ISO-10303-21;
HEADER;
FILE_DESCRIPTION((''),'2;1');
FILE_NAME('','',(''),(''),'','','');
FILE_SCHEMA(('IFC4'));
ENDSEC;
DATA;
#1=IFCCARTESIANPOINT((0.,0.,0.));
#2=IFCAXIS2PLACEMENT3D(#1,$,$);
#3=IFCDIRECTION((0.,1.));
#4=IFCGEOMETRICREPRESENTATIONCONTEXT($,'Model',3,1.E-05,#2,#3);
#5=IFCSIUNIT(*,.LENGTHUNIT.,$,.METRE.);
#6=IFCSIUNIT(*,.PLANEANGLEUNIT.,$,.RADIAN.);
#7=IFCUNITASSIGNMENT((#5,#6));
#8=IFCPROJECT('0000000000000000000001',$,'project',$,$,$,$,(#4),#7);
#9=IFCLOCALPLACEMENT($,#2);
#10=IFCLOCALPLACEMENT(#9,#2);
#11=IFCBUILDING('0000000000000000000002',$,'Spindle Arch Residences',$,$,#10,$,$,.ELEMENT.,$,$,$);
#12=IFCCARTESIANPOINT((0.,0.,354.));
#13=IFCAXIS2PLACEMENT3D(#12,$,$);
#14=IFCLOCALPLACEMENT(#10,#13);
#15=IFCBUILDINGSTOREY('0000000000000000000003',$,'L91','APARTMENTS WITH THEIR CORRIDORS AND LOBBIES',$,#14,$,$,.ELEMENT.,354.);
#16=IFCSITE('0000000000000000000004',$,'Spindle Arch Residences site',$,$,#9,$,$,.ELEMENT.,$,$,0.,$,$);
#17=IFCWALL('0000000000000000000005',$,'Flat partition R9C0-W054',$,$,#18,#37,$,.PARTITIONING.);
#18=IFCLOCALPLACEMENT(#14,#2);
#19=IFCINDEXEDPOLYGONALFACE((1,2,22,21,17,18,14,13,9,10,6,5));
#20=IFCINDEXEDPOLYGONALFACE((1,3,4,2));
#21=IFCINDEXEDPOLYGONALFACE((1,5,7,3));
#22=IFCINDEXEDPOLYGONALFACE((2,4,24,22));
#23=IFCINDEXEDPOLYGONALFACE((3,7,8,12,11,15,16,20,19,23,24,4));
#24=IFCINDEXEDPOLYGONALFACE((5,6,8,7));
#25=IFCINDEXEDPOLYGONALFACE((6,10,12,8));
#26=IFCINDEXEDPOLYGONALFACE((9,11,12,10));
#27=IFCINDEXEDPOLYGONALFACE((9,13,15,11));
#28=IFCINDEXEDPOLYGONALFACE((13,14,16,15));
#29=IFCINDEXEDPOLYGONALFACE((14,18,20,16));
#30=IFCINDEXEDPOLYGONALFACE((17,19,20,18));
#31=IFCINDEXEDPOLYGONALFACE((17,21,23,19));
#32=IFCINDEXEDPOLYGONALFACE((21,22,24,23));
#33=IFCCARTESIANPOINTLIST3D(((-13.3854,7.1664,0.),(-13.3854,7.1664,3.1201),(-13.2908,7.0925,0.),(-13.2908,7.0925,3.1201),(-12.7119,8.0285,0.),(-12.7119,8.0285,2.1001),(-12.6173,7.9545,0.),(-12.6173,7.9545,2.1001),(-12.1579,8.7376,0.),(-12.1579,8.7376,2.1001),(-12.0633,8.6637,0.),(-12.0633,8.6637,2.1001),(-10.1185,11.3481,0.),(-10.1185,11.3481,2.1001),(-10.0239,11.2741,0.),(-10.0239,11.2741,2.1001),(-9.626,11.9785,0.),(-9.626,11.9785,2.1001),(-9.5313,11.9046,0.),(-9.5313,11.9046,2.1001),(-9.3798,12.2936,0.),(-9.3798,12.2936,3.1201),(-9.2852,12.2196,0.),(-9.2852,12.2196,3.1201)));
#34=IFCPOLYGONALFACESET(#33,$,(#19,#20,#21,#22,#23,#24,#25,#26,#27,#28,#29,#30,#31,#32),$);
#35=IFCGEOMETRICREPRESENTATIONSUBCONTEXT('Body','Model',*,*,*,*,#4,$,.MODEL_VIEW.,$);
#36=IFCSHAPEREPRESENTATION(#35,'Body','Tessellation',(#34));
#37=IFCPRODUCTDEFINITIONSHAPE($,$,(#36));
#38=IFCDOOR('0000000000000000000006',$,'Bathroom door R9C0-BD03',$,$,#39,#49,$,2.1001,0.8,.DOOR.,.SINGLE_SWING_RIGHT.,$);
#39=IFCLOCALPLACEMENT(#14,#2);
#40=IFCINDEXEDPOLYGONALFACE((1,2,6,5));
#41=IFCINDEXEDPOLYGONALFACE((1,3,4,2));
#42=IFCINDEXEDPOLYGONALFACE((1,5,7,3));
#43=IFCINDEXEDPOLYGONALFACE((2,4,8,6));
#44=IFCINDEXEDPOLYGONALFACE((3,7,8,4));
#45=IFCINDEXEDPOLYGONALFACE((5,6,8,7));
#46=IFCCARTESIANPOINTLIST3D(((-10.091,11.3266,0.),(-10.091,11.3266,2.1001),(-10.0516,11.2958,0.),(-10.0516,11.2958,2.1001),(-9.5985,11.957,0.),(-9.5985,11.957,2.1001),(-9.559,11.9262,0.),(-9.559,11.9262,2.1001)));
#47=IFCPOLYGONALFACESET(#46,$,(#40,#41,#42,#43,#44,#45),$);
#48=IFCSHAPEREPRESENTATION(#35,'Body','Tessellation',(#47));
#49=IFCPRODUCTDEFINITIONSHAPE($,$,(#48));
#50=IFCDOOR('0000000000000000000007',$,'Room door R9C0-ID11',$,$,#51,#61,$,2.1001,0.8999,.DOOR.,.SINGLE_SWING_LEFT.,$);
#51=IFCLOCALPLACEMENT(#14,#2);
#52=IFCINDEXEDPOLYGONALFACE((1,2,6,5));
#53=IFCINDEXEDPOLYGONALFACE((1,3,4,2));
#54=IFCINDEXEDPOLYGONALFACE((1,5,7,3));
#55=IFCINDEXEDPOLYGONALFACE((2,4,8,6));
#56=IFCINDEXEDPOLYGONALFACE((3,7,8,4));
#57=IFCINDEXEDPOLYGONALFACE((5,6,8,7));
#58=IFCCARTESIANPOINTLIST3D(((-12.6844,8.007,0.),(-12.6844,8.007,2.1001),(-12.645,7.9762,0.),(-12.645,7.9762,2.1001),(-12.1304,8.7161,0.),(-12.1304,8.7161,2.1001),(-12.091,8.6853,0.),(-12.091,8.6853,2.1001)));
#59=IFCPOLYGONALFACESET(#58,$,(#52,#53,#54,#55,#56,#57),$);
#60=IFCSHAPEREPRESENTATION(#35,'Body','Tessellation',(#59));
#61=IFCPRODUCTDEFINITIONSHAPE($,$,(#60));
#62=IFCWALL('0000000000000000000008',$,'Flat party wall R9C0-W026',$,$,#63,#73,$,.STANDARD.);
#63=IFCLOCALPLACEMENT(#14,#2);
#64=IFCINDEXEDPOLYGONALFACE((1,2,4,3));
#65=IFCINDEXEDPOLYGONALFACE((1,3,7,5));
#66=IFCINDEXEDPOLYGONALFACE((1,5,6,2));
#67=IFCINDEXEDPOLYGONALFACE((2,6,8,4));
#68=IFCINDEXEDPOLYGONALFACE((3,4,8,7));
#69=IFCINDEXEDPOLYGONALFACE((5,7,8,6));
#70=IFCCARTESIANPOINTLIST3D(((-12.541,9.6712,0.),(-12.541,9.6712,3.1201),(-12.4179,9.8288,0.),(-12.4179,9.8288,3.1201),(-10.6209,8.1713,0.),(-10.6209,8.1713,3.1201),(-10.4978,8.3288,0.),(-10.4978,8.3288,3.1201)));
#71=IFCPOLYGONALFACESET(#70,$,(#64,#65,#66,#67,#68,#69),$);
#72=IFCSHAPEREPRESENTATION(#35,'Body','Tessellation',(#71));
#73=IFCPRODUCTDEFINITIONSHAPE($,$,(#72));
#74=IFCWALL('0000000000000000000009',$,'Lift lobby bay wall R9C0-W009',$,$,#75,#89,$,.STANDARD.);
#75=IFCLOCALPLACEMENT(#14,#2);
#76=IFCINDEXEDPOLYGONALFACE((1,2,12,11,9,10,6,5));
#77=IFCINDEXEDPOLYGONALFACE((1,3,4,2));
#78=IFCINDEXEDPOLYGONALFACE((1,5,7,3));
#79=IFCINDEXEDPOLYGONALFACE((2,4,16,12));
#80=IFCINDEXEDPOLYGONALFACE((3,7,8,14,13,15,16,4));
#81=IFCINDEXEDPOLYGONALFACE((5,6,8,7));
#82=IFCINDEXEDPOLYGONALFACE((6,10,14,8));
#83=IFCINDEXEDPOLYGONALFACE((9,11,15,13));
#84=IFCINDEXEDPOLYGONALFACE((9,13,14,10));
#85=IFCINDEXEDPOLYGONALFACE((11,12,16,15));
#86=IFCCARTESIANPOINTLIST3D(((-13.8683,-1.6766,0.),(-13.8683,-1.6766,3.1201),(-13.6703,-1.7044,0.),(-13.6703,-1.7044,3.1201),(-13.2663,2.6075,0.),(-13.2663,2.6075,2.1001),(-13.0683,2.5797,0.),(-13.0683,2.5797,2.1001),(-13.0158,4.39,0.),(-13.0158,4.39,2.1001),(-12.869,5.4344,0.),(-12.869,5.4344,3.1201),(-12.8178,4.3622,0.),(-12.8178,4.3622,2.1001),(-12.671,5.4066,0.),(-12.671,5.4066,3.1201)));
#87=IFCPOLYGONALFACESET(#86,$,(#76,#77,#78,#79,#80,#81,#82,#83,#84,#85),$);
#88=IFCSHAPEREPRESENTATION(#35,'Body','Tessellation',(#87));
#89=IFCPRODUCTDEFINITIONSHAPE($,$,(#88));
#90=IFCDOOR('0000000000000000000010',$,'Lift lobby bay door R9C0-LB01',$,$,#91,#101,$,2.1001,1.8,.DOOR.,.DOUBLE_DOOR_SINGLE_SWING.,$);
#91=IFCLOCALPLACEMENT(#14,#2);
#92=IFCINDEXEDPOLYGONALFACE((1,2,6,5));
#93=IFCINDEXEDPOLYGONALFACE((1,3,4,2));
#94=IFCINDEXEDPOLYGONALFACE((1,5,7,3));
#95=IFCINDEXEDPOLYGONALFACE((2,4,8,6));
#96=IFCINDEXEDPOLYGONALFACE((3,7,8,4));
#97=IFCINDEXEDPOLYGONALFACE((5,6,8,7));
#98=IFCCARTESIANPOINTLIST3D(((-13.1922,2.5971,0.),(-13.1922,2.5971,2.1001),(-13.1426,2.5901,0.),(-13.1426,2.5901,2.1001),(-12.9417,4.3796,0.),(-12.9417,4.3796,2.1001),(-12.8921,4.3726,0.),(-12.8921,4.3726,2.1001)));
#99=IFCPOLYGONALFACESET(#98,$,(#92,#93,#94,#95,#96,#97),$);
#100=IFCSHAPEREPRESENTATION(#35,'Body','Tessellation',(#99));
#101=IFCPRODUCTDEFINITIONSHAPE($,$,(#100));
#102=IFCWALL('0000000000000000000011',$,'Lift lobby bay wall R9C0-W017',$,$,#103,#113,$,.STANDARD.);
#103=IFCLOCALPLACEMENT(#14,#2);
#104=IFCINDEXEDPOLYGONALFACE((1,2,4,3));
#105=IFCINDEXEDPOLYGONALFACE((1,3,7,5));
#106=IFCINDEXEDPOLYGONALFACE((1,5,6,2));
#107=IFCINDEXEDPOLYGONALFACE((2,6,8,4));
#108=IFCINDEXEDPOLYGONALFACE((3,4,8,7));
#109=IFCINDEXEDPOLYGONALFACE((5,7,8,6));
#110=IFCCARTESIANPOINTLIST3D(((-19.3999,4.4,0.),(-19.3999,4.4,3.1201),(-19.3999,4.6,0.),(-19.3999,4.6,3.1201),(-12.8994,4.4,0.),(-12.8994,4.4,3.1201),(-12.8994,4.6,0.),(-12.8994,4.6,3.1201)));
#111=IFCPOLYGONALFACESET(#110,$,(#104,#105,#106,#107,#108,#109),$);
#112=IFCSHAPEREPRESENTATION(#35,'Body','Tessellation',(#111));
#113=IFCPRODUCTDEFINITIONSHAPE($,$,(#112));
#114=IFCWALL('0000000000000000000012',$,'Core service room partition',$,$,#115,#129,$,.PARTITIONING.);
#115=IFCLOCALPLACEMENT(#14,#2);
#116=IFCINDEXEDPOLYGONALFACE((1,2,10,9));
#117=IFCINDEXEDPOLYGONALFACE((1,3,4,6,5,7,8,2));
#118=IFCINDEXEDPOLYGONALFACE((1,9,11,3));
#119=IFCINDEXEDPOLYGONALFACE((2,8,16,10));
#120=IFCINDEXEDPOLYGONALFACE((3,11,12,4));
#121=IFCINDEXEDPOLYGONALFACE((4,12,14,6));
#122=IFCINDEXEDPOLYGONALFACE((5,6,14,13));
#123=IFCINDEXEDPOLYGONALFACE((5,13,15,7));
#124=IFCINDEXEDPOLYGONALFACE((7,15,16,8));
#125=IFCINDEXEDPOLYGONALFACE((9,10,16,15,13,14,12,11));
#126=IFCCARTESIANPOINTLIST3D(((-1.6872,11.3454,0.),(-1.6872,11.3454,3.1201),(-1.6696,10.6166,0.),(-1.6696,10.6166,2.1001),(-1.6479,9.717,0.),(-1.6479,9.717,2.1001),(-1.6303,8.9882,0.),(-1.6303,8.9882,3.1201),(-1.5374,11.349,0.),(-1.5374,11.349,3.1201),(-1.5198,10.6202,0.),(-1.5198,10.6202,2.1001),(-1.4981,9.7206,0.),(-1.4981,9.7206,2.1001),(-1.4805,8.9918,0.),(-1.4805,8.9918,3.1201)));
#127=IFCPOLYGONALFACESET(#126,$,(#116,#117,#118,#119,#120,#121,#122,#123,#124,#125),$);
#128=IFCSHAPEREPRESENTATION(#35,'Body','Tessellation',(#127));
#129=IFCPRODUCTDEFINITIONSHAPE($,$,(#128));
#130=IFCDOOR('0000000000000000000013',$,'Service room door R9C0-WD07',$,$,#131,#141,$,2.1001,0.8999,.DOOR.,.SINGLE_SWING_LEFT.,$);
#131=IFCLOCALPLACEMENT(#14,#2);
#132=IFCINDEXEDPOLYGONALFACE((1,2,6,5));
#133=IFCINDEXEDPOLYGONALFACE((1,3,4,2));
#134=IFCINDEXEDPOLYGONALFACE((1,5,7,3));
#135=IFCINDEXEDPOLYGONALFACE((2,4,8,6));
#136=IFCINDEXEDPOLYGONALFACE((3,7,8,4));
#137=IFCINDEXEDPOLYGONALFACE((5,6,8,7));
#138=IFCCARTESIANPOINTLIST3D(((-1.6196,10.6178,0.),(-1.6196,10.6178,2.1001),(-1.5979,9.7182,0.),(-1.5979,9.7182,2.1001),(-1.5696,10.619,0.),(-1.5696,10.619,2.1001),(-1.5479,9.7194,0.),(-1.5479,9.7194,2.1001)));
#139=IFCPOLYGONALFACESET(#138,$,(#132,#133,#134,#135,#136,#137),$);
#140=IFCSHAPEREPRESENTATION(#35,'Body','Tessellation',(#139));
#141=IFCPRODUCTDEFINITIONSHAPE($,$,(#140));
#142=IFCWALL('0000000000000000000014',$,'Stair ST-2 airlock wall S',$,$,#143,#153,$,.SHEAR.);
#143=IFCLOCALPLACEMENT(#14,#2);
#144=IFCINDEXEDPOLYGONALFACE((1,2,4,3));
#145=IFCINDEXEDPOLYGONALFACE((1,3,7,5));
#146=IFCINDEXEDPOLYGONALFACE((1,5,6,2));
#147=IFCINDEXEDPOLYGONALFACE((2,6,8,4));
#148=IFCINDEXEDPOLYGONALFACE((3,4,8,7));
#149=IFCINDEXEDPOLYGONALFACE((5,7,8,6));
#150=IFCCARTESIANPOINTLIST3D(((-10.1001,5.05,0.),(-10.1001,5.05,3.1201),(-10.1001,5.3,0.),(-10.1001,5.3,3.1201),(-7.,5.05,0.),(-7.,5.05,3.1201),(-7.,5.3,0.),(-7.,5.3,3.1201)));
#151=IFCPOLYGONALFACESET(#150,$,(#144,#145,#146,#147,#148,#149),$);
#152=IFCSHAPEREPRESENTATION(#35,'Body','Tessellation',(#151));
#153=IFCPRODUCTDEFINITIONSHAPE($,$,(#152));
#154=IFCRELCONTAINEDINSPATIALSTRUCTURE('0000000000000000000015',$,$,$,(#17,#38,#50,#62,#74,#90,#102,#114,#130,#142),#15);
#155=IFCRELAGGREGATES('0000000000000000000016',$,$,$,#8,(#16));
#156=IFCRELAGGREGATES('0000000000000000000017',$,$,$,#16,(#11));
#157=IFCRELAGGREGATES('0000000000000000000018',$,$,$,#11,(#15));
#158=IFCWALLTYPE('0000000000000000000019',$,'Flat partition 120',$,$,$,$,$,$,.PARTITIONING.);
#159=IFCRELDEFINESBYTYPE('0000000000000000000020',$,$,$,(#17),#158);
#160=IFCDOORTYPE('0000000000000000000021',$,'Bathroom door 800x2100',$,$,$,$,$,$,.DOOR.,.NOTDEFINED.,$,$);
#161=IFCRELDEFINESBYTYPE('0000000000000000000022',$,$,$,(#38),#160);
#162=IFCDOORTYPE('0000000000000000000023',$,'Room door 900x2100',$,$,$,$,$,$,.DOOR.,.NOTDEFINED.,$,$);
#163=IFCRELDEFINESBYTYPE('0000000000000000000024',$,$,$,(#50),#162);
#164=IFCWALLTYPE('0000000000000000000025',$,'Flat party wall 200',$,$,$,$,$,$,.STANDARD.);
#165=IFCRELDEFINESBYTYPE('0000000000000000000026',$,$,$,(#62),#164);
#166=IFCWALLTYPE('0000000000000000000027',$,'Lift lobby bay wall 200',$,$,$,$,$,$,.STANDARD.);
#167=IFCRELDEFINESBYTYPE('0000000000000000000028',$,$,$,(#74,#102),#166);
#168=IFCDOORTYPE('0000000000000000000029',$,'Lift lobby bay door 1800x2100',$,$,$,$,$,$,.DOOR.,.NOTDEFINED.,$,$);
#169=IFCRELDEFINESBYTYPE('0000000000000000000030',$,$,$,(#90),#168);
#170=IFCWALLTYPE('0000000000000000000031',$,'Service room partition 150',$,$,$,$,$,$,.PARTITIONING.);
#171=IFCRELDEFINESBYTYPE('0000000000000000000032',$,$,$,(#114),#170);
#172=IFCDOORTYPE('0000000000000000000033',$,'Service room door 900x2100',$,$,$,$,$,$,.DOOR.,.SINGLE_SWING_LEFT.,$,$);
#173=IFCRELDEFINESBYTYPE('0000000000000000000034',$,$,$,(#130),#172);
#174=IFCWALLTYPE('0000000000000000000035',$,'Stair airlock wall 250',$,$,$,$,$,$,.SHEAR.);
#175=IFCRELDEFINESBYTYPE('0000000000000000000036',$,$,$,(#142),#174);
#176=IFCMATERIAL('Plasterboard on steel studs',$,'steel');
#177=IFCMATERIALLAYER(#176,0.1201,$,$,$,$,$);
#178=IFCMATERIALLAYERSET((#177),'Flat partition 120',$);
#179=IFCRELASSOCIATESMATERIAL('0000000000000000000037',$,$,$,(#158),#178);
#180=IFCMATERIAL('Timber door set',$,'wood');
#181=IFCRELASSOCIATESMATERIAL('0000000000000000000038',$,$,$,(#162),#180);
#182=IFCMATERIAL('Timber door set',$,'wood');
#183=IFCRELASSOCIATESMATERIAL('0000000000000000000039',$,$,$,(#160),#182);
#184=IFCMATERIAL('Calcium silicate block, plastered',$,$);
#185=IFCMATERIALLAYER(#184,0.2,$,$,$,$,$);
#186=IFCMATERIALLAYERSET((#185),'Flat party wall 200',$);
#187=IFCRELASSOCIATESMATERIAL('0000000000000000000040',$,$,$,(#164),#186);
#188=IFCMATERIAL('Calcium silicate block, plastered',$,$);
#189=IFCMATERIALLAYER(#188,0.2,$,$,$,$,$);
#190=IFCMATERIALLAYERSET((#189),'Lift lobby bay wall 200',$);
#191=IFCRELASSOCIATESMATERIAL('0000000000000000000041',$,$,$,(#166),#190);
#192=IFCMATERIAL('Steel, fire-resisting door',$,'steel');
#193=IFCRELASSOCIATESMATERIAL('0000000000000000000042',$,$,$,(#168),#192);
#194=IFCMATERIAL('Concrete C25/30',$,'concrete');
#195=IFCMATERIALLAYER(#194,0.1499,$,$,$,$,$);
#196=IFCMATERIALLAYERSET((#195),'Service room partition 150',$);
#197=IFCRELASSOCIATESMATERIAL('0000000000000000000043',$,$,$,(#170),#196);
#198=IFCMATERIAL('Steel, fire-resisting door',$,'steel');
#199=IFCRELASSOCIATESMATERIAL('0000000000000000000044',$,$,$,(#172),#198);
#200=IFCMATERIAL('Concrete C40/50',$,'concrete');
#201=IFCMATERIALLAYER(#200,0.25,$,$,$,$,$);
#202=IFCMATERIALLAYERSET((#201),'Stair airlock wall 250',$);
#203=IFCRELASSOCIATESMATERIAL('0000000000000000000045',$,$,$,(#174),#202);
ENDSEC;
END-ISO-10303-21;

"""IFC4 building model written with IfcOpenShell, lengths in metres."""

from ifc_helpers import new_model, si_unit, direction, frame, frame_2d, origin, place, context, subcontext, project, spatial, rectangle, extrude, material, layer, layer_set, type_object, element, fill, save


model = new_model("IFC4")

# Units and contexts
model_context = context("Model", 3, precision=1e-05, world=origin(), true_north=direction((0.0, 1.0)))
body_context = subcontext(model_context, "Body", "Model", "MODEL_VIEW")
ifc_project = project(units=[si_unit("LENGTHUNIT", "METRE"), si_unit("PLANEANGLEUNIT", "RADIAN")], contexts=[model_context])

# Site, building, storey
site_placement = place(None, origin())
site = spatial("IfcSite", under=ifc_project, at=site_placement, Name="Spindle Arch Residences site", CompositionType="ELEMENT", RefElevation=0.0)
building_placement = place(site_placement, origin())
building = spatial("IfcBuilding", under=site, at=building_placement, Name="Spindle Arch Residences", CompositionType="ELEMENT")
storey_placement = place(building_placement, frame((0.0, 0.0, 354.0)))
storey = spatial("IfcBuildingStorey", under=building, at=storey_placement, Name="L91", Description="APARTMENTS WITH THEIR CORRIDORS AND LOBBIES", CompositionType="ELEMENT", Elevation=354.0)

# Shared definitions
ifc_material_1 = material(Name="Plasterboard on steel studs", Category="steel")
ifc_layer_1 = layer(ifc_material_1, 0.1201)
ifc_layer_set_1 = layer_set([ifc_layer_1], Name="Flat partition 120")
wall_type_1 = type_object("IfcWallType", Name="Flat partition 120", PredefinedType="PARTITIONING", material=ifc_layer_set_1)
ifc_material_2 = material(Name="Timber door set", Category="wood")
door_type_1 = type_object("IfcDoorType", Name="Room door 900x2100", OperationType="NOTDEFINED", PredefinedType="DOOR", material=ifc_material_2)

# Wall, openings, doors
wall_1_placement = place(storey_placement, frame((-9.3325, 12.2566, 0.0), z_axis=(0.0, 0.0, 1.0), x_axis=(-0.615643, -0.788025, 0.0)))
wall_1 = element("IfcWall", 1, at=wall_1_placement, inside=storey, type_object=wall_type_1, Name="Flat partition R9C0-W054", PredefinedType="PARTITIONING", context=body_context, shape_type="SweptSolid", body=[
    extrude(rectangle(XDim=6.5063, YDim=0.1201, at=frame_2d((3.2532, 0.0))), origin(), (0.0, 0.0, 1.0), 3.1201),
])
opening_1_placement = place(wall_1_placement, frame((0.3999, 0.0, 0.0)))
opening_1 = element("IfcOpeningElement", 2, at=opening_1_placement, cuts=wall_1, PredefinedType="OPENING", context=body_context, shape_type="SweptSolid", body=[
    extrude(rectangle(XDim=0.8, YDim=2.1001, at=frame_2d((0.3999, 1.05))), frame((0.0, 0.0701, 0.0), z_axis=(0.0, -1.0, 0.0), x_axis=(1.0, 0.0, 0.0)), (0.0, 0.0, 1.0), 0.1401),
])
opening_2_placement = place(wall_1_placement, frame((4.5125, 0.0, 0.0)))
opening_2 = element("IfcOpeningElement", 3, at=opening_2_placement, cuts=wall_1, PredefinedType="OPENING", context=body_context, shape_type="SweptSolid", body=[
    extrude(rectangle(XDim=0.8999, YDim=2.1001, at=frame_2d((0.45, 1.05))), frame((0.0, 0.0701, 0.0), z_axis=(0.0, -1.0, 0.0), x_axis=(1.0, 0.0, 0.0)), (0.0, 0.0, 1.0), 0.1401),
])
ifc_material_3 = material(Name="Timber door set", Category="wood")
door_type_2 = type_object("IfcDoorType", Name="Bathroom door 800x2100", OperationType="NOTDEFINED", PredefinedType="DOOR", material=ifc_material_3)
door_1_placement = place(opening_1_placement, origin())
door_1 = element("IfcDoor", 4, at=door_1_placement, inside=storey, type_object=door_type_2, Name="Bathroom door R9C0-BD03", OperationType="SINGLE_SWING_RIGHT", OverallHeight=2.1001, OverallWidth=0.8, PredefinedType="DOOR", context=body_context, shape_type="SweptSolid", body=[
    extrude(rectangle(XDim=0.8, YDim=2.1001, at=frame_2d((0.3999, 1.05))), frame((0.0, 0.0249, 0.0), z_axis=(0.0, -1.0, 0.0), x_axis=(1.0, 0.0, 0.0)), (0.0, 0.0, 1.0), 0.05),
])
fill(opening_1, door_1)
door_2_placement = place(opening_2_placement, origin())
door_2 = element("IfcDoor", 5, at=door_2_placement, inside=storey, type_object=door_type_1, Name="Room door R9C0-ID11", OperationType="SINGLE_SWING_LEFT", OverallHeight=2.1001, OverallWidth=0.8999, PredefinedType="DOOR", context=body_context, shape_type="SweptSolid", body=[
    extrude(rectangle(XDim=0.8999, YDim=2.1001, at=frame_2d((0.45, 1.05))), frame((0.0, 0.0249, 0.0), z_axis=(0.0, -1.0, 0.0), x_axis=(1.0, 0.0, 0.0)), (0.0, 0.0, 1.0), 0.05),
])
fill(opening_2, door_2)

# Wall
ifc_material_4 = material(Name="Calcium silicate block, plastered")
ifc_layer_2 = layer(ifc_material_4, 0.2)
ifc_layer_set_2 = layer_set([ifc_layer_2], Name="Flat party wall 200")
wall_type_2 = type_object("IfcWallType", Name="Flat party wall 200", PredefinedType="STANDARD", material=ifc_layer_set_2)
wall_2_placement = place(storey_placement, frame((-12.4795, 9.75, 0.0), z_axis=(0.0, 0.0, 1.0), x_axis=(0.78805, -0.615611, 0.0)))
element("IfcWall", 6, at=wall_2_placement, inside=storey, type_object=wall_type_2, Name="Flat party wall R9C0-W026", PredefinedType="STANDARD", context=body_context, shape_type="SweptSolid", body=[
    extrude(rectangle(XDim=2.4365, YDim=0.2, at=frame_2d((1.2183, 0.0))), origin(), (0.0, 0.0, 1.0), 3.1201),
])

# Wall, opening, door
ifc_material_5 = material(Name="Calcium silicate block, plastered")
ifc_layer_3 = layer(ifc_material_5, 0.2)
ifc_layer_set_3 = layer_set([ifc_layer_3], Name="Lift lobby bay wall 200")
wall_type_3 = type_object("IfcWallType", Name="Lift lobby bay wall 200", PredefinedType="STANDARD", material=ifc_layer_set_3)
wall_3_placement = place(storey_placement, frame((-12.77, 5.4204, 0.0), z_axis=(0.0, 0.0, 1.0), x_axis=(-0.139155, -0.990271, 0.0)))
wall_3 = element("IfcWall", 7, at=wall_3_placement, inside=storey, type_object=wall_type_3, Name="Lift lobby bay wall R9C0-W009", PredefinedType="STANDARD", context=body_context, shape_type="SweptSolid", body=[
    extrude(rectangle(XDim=7.1809, YDim=0.2, at=frame_2d((3.5903, 0.0))), origin(), (0.0, 0.0, 1.0), 3.1201),
])
opening_3_placement = place(wall_3_placement, frame((1.0547, 0.0, 0.0)))
opening_3 = element("IfcOpeningElement", 8, at=opening_3_placement, cuts=wall_3, PredefinedType="OPENING", context=body_context, shape_type="SweptSolid", body=[
    extrude(rectangle(XDim=1.8, YDim=2.1001, at=frame_2d((0.8999, 1.05))), frame((0.0, 0.1099, 0.0), z_axis=(0.0, -1.0, 0.0), x_axis=(1.0, 0.0, 0.0)), (0.0, 0.0, 1.0), 0.22),
])
ifc_material_6 = material(Name="Steel, fire-resisting door", Category="steel")
door_type_3 = type_object("IfcDoorType", Name="Lift lobby bay door 1800x2100", OperationType="NOTDEFINED", PredefinedType="DOOR", material=ifc_material_6)
door_3_placement = place(opening_3_placement, origin())
door_3 = element("IfcDoor", 9, at=door_3_placement, inside=storey, type_object=door_type_3, Name="Lift lobby bay door R9C0-LB01", OperationType="DOUBLE_DOOR_SINGLE_SWING", OverallHeight=2.1001, OverallWidth=1.8, PredefinedType="DOOR", context=body_context, shape_type="SweptSolid", body=[
    extrude(rectangle(XDim=1.8, YDim=2.1001, at=frame_2d((0.8999, 1.05))), frame((0.0, 0.0249, 0.0), z_axis=(0.0, -1.0, 0.0), x_axis=(1.0, 0.0, 0.0)), (0.0, 0.0, 1.0), 0.05),
])
fill(opening_3, door_3)

# Wall
wall_4_placement = place(storey_placement, frame((-12.8994, 4.5, 0.0), z_axis=(0.0, 0.0, 1.0), x_axis=(-1.0, 0.0, 0.0)))
element("IfcWall", 10, at=wall_4_placement, inside=storey, type_object=wall_type_3, Name="Lift lobby bay wall R9C0-W017", PredefinedType="STANDARD", context=body_context, shape_type="SweptSolid", body=[
    extrude(rectangle(XDim=6.5005, YDim=0.2, at=frame_2d((3.2502, 0.0))), origin(), (0.0, 0.0, 1.0), 3.1201),
])

# Wall, opening, door
ifc_material_7 = material(Name="Concrete C25/30", Category="concrete")
ifc_layer_4 = layer(ifc_material_7, 0.1499)
ifc_layer_set_4 = layer_set([ifc_layer_4], Name="Service room partition 150")
wall_type_4 = type_object("IfcWallType", Name="Service room partition 150", PredefinedType="PARTITIONING", material=ifc_layer_set_4)
wall_5_placement = place(storey_placement, frame((-1.5554, 8.99, 0.0), z_axis=(0.0, 0.0, 1.0), x_axis=(-0.024126, 0.999709, 0.0)))
wall_5 = element("IfcWall", 11, at=wall_5_placement, inside=storey, type_object=wall_type_4, Name="Core service room partition", PredefinedType="PARTITIONING", context=body_context, shape_type="SweptSolid", body=[
    extrude(rectangle(XDim=2.3579, YDim=0.1499, at=frame_2d((1.179, 0.0))), origin(), (0.0, 0.0, 1.0), 3.1201),
])
opening_4_placement = place(wall_5_placement, frame((0.729, 0.0, 0.0)))
opening_4 = element("IfcOpeningElement", 12, at=opening_4_placement, cuts=wall_5, PredefinedType="OPENING", context=body_context, shape_type="SweptSolid", body=[
    extrude(rectangle(XDim=0.8999, YDim=2.1001, at=frame_2d((0.45, 1.05))), frame((0.0, 0.085, 0.0), z_axis=(0.0, -1.0, 0.0), x_axis=(1.0, 0.0, 0.0)), (0.0, 0.0, 1.0), 0.1699),
])
ifc_material_8 = material(Name="Steel, fire-resisting door", Category="steel")
door_type_4 = type_object("IfcDoorType", Name="Service room door 900x2100", OperationType="SINGLE_SWING_LEFT", PredefinedType="DOOR", material=ifc_material_8)
door_4_placement = place(opening_4_placement, origin())
door_4 = element("IfcDoor", 13, at=door_4_placement, inside=storey, type_object=door_type_4, Name="Service room door R9C0-WD07", OperationType="SINGLE_SWING_LEFT", OverallHeight=2.1001, OverallWidth=0.8999, PredefinedType="DOOR", context=body_context, shape_type="SweptSolid", body=[
    extrude(rectangle(XDim=0.8999, YDim=2.1001, at=frame_2d((0.45, 1.05))), frame((0.0, 0.0249, 0.0), z_axis=(0.0, -1.0, 0.0), x_axis=(1.0, 0.0, 0.0)), (0.0, 0.0, 1.0), 0.05),
])
fill(opening_4, door_4)

# Wall
ifc_material_9 = material(Name="Concrete C40/50", Category="concrete")
ifc_layer_5 = layer(ifc_material_9, 0.25)
ifc_layer_set_5 = layer_set([ifc_layer_5], Name="Stair airlock wall 250")
wall_type_5 = type_object("IfcWallType", Name="Stair airlock wall 250", PredefinedType="SHEAR", material=ifc_layer_set_5)
wall_6_placement = place(storey_placement, frame((-7.0, 5.175, 0.0), z_axis=(0.0, 0.0, 1.0), x_axis=(-1.0, 0.0, 0.0)))
element("IfcWall", 14, at=wall_6_placement, inside=storey, type_object=wall_type_5, Name="Stair ST-2 airlock wall S", PredefinedType="SHEAR", context=body_context, shape_type="SweptSolid", body=[
    extrude(rectangle(XDim=3.1001, YDim=0.25, at=frame_2d((1.55, 0.0))), origin(), (0.0, 0.0, 1.0), 3.1201),
])

save(model, "model.ifc")
